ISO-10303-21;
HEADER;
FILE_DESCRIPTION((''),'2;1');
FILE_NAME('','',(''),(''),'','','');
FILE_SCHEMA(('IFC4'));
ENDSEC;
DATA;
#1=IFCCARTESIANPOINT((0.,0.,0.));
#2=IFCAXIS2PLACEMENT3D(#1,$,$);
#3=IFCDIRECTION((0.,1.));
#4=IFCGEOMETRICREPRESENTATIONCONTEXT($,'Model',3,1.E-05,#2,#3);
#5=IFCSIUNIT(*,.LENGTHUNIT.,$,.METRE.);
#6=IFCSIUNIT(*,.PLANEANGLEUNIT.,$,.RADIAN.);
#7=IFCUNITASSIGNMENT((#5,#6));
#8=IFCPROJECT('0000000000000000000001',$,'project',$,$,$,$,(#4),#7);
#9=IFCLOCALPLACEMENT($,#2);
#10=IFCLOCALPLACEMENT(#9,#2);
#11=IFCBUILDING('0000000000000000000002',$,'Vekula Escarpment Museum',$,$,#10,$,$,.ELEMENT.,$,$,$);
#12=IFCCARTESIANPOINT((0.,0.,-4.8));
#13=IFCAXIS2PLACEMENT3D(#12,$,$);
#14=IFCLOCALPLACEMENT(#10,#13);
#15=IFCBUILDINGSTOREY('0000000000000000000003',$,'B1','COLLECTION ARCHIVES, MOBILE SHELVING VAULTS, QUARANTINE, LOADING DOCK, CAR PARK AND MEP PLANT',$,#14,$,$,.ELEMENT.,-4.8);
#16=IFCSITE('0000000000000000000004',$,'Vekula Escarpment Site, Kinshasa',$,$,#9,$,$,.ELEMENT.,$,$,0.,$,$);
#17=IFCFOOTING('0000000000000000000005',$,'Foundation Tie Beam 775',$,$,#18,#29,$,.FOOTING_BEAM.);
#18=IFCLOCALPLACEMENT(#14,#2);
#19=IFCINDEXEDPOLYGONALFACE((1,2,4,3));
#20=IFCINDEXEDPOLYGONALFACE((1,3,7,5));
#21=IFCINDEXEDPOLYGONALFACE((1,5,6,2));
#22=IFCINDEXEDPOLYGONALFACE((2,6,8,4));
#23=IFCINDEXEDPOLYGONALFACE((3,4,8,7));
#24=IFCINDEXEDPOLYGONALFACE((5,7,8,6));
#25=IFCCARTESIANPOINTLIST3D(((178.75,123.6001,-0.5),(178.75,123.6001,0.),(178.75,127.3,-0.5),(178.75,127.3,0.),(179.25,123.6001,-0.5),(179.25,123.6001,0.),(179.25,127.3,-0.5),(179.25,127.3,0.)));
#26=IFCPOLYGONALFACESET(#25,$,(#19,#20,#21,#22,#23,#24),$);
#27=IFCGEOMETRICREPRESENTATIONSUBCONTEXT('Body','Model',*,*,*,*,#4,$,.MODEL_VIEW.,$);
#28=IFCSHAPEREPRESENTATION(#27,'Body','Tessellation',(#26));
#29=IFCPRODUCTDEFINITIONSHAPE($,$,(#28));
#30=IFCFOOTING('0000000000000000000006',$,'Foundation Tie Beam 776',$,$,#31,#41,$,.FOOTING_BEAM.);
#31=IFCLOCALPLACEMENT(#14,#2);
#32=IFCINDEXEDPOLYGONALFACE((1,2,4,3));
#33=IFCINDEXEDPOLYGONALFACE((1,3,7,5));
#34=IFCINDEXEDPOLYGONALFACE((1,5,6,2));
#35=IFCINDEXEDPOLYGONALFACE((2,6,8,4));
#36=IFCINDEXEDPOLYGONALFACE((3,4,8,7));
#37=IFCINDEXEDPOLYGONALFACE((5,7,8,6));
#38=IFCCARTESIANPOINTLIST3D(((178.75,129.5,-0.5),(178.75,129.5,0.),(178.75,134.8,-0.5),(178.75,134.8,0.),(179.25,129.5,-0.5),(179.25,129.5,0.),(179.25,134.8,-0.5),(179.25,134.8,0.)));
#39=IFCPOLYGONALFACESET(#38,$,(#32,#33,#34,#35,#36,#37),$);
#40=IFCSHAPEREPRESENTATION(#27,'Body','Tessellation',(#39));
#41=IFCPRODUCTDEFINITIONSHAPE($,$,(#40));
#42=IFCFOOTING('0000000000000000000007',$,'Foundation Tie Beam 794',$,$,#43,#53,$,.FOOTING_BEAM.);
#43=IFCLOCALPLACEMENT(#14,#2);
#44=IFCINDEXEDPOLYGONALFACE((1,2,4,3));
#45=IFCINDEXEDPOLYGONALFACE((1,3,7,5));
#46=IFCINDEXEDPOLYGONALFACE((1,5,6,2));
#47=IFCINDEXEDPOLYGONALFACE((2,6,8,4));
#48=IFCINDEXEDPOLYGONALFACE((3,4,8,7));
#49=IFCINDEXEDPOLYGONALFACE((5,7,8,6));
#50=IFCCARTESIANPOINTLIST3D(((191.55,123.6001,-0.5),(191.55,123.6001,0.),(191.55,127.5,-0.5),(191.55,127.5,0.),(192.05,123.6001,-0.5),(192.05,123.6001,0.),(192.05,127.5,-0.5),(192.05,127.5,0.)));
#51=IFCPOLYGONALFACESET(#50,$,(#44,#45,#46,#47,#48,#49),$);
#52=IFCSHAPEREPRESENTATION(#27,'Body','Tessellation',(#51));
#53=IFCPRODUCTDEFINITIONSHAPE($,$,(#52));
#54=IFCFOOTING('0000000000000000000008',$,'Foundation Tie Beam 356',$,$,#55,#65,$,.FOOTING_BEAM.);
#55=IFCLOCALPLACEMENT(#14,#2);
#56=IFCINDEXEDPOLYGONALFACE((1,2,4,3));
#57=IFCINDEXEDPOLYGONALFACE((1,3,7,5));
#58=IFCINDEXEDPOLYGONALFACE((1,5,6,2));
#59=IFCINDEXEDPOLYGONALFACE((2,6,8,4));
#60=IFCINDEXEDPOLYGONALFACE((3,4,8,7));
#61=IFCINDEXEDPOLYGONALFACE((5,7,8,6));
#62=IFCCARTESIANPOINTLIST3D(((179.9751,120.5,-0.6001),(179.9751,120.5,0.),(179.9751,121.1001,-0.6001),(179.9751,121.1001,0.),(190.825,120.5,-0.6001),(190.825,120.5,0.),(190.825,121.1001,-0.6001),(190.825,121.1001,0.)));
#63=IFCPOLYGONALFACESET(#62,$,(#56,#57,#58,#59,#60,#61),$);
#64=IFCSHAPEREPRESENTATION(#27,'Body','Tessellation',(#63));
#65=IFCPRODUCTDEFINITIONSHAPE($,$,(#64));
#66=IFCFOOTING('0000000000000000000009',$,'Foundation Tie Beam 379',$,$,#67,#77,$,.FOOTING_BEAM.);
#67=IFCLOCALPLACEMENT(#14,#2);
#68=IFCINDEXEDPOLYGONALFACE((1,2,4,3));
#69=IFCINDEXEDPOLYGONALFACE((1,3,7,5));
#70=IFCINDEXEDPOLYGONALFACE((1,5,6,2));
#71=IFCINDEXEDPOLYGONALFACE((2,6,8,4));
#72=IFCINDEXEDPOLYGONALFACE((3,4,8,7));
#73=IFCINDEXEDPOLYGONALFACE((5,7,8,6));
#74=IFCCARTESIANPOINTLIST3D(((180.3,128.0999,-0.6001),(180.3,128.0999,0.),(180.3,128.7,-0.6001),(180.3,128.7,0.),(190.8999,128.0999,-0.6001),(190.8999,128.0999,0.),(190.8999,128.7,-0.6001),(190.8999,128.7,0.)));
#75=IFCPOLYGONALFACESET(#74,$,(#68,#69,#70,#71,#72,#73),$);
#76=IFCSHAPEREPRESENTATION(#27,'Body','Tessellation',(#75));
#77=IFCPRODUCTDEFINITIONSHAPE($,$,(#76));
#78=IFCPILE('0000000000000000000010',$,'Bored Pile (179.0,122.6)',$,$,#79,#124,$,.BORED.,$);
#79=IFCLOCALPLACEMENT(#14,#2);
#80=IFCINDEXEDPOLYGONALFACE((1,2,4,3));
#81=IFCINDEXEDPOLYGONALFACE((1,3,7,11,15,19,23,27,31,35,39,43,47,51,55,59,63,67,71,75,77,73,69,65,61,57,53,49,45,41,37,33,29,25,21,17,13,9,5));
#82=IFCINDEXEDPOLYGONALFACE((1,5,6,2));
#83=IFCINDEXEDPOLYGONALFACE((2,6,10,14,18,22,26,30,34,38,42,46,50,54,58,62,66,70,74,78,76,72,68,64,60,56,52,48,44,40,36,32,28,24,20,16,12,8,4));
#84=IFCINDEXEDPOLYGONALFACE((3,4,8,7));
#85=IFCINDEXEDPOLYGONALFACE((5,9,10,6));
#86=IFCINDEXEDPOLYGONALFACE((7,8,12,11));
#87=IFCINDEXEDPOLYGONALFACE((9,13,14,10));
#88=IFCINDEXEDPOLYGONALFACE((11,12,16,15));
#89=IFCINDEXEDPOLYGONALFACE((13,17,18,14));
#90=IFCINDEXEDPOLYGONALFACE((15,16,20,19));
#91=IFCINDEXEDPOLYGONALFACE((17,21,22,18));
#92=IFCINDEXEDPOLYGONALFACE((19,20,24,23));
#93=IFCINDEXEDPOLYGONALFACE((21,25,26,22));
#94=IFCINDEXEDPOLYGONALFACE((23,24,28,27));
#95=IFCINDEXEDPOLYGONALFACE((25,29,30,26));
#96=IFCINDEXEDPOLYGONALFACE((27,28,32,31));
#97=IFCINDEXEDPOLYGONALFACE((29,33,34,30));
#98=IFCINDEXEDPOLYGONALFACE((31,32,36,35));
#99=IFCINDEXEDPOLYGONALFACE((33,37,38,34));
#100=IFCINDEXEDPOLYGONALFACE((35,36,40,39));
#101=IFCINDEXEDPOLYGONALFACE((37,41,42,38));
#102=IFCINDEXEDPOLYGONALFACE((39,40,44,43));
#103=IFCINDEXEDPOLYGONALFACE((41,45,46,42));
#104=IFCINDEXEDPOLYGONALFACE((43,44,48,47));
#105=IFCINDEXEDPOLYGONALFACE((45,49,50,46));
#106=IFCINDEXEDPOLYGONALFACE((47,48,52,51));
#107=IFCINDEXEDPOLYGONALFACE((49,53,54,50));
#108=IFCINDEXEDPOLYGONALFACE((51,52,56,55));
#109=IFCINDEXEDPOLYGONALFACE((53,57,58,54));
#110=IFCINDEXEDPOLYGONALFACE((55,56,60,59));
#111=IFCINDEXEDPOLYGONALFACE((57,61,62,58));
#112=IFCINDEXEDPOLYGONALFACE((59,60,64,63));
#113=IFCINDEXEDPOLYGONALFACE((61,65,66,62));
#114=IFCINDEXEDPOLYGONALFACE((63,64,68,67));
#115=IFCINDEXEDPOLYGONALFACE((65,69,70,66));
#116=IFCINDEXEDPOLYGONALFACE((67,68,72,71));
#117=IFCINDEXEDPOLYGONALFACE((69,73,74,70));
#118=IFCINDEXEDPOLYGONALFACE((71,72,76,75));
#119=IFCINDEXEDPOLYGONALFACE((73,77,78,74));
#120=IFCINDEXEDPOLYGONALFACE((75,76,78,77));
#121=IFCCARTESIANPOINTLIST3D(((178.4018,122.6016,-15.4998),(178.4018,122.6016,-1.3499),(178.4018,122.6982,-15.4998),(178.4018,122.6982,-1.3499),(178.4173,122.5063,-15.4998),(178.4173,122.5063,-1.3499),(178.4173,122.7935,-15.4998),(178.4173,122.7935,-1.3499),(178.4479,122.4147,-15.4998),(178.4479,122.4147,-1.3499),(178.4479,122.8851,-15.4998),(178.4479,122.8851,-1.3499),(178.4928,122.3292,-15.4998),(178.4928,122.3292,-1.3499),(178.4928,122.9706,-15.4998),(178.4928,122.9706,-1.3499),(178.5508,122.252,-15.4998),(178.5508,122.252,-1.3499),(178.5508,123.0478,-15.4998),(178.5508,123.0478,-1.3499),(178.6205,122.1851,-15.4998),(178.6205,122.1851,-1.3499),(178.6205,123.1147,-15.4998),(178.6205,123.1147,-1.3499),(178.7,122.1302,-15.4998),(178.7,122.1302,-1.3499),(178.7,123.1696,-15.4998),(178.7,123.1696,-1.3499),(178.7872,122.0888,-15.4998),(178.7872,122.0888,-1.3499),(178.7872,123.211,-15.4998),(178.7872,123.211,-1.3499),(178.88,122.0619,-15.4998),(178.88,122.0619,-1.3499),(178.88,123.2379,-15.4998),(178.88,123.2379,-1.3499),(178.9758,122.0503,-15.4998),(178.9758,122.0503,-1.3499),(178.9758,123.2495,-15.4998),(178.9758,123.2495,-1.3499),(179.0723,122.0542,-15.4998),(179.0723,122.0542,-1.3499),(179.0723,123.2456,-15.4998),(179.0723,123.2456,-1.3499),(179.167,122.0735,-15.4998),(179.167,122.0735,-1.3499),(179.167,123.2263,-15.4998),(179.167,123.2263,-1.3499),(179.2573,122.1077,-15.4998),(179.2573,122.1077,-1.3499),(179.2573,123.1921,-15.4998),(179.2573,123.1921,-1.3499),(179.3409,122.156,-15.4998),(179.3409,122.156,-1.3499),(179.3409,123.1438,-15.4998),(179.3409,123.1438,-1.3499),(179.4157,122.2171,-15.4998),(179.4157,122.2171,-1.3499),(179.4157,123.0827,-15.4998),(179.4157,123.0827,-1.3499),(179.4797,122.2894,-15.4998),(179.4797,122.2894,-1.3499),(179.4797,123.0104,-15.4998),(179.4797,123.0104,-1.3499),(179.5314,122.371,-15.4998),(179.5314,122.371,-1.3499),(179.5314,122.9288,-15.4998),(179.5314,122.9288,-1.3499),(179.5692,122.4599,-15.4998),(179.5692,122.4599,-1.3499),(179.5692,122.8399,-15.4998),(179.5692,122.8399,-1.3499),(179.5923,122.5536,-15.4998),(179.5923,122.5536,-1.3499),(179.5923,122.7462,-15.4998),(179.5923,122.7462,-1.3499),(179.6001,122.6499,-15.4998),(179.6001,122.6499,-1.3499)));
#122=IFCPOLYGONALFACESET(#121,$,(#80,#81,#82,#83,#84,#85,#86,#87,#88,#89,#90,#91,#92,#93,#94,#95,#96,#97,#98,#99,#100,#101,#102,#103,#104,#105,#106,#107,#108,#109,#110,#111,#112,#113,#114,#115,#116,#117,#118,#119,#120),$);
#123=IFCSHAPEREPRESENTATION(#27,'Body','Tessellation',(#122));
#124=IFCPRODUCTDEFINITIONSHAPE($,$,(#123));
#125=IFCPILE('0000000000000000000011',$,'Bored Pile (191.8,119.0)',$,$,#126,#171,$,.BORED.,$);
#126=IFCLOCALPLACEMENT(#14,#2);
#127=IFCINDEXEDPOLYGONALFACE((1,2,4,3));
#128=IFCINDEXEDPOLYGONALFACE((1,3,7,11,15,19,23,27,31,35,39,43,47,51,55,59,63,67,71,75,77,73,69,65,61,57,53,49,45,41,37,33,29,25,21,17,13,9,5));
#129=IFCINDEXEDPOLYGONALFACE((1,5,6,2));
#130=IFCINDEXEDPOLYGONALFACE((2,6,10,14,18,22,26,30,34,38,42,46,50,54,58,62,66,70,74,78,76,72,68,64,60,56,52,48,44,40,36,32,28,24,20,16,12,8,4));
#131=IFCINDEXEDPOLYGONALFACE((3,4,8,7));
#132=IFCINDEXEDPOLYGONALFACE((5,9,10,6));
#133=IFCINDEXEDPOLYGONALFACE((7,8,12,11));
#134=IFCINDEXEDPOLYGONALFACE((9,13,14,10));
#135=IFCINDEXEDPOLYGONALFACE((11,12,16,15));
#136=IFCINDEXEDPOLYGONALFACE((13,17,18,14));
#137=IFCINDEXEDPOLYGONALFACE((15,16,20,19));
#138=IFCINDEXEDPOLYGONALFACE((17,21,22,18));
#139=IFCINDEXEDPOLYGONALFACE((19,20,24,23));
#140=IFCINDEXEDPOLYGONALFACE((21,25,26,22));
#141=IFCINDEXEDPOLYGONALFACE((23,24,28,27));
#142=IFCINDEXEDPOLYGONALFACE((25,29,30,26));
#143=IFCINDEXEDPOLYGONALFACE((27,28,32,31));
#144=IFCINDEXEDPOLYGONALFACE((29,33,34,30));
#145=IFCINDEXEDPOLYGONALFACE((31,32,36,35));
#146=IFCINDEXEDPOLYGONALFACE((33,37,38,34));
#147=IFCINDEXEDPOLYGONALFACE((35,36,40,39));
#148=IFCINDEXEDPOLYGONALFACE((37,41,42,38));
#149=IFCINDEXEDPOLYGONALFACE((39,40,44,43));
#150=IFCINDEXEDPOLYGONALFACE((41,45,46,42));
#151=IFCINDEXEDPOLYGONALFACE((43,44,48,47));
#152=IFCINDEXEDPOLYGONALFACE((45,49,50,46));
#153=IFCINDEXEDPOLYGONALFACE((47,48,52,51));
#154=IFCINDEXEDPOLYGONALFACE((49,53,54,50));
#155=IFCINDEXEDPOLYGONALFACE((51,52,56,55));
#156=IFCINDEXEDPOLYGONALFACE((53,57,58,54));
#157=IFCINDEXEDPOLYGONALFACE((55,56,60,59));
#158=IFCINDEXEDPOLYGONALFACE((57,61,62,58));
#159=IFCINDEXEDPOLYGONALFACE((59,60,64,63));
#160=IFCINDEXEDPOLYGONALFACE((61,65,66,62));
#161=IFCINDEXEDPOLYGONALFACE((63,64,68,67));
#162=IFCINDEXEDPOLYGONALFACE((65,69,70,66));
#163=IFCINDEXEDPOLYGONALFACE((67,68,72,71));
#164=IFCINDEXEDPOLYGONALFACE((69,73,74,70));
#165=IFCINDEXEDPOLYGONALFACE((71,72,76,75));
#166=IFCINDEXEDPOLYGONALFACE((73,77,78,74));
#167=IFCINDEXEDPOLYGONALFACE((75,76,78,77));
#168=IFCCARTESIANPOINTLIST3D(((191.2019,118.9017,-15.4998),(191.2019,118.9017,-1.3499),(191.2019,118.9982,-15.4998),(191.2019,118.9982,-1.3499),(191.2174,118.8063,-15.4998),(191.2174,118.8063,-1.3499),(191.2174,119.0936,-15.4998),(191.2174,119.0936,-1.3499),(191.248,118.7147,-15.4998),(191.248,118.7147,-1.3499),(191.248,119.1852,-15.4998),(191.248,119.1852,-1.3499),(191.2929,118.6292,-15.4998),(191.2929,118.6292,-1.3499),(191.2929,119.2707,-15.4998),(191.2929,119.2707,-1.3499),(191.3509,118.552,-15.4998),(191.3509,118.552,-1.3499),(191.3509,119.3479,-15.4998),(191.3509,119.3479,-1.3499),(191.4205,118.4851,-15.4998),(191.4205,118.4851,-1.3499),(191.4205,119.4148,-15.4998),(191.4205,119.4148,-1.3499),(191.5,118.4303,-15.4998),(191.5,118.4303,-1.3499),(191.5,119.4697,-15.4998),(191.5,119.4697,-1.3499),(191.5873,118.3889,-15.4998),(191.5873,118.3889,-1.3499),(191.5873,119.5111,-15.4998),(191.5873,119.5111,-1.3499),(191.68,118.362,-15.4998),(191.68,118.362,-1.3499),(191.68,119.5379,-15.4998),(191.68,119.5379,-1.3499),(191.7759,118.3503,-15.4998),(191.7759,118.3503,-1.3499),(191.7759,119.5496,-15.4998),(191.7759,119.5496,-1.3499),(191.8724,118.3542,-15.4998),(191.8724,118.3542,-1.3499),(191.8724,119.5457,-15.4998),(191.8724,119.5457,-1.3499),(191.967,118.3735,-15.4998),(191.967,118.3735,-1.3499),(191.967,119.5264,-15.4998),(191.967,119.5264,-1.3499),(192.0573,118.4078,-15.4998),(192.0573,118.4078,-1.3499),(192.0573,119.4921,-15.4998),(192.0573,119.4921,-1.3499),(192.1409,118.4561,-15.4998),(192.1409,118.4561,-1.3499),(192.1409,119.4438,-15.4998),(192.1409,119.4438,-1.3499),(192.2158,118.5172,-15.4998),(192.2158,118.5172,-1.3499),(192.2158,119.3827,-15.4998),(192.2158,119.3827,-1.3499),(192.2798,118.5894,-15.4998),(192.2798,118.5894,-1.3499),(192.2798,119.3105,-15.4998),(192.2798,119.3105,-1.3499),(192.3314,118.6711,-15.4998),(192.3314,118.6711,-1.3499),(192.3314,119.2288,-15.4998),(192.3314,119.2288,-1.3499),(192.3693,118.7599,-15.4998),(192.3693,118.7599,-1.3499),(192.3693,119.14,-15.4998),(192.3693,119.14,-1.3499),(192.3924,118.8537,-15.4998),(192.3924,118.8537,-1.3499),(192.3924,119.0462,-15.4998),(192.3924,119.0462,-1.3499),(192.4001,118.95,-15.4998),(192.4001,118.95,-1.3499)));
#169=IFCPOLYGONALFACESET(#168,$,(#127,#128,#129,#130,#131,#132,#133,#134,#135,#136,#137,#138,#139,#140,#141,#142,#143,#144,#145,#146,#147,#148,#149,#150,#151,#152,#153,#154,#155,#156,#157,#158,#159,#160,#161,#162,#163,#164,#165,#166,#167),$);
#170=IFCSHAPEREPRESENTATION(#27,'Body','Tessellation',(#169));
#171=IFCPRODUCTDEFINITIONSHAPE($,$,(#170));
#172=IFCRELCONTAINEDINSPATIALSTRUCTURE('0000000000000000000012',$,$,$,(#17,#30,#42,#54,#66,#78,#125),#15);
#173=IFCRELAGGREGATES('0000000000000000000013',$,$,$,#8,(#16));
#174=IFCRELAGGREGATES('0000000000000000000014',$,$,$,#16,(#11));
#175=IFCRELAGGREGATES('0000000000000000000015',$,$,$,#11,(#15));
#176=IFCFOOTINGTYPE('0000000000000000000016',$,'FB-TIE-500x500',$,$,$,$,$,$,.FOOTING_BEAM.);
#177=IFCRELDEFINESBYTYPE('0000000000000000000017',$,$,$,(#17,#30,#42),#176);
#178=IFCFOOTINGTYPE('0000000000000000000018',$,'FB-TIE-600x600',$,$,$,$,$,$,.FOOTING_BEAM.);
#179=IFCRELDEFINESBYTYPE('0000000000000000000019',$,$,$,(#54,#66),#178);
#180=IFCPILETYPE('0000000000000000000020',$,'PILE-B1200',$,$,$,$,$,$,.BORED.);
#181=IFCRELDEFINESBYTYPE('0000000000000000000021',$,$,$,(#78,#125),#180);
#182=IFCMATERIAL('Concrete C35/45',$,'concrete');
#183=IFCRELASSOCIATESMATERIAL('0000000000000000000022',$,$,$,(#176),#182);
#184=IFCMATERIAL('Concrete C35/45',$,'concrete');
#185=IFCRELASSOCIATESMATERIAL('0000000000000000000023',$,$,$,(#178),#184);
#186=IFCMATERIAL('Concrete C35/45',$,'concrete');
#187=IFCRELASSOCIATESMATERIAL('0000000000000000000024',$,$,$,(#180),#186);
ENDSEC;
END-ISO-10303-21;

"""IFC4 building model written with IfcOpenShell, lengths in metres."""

from ifc_helpers import new_model, si_unit, direction, frame, origin, origin_2d, place, context, subcontext, project, spatial, rectangle, circle, extrude, material, material_profile, profile_set, type_object, element, save


model = new_model("IFC4")

# Units and contexts
model_context = context("Model", 3, precision=1e-05, world=origin(), true_north=direction((0.0, 1.0)))
body_context = subcontext(model_context, "Body", "Model", "MODEL_VIEW")
ifc_project = project(units=[si_unit("LENGTHUNIT", "METRE"), si_unit("PLANEANGLEUNIT", "RADIAN")], contexts=[model_context])

# Site, building, storey
site_placement = place(None, origin())
site = spatial("IfcSite", under=ifc_project, at=site_placement, Name="Vekula Escarpment Site, Kinshasa", CompositionType="ELEMENT", RefElevation=0.0)
building_placement = place(site_placement, origin())
building = spatial("IfcBuilding", under=site, at=building_placement, Name="Vekula Escarpment Museum", CompositionType="ELEMENT")
storey_placement = place(building_placement, frame((0.0, 0.0, -4.8)))
storey = spatial("IfcBuildingStorey", under=building, at=storey_placement, Name="B1", Description="COLLECTION ARCHIVES, MOBILE SHELVING VAULTS, QUARANTINE, LOADING DOCK, CAR PARK AND MEP PLANT", CompositionType="ELEMENT", Elevation=-4.8)

# Footings
ifc_material_1 = material(Name="Concrete C35/45", Category="concrete")
ifc_material_profile_1 = material_profile(ifc_material_1, rectangle(XDim=0.5, YDim=0.5, at=origin_2d()), Name="RC 500x500")
ifc_profile_set_1 = profile_set([ifc_material_profile_1], Name="Concrete C35/45")
footing_type_1 = type_object("IfcFootingType", Name="FB-TIE-500x500", PredefinedType="FOOTING_BEAM", material=ifc_profile_set_1)
footing_1_placement = place(storey_placement, frame((179.0, 123.6001, -0.25), z_axis=(0.0, 1.0, 0.0), x_axis=(-1.0, 0.0, 0.0)))
element("IfcFooting", 1, at=footing_1_placement, inside=storey, type_object=footing_type_1, Name="Foundation Tie Beam 775", PredefinedType="FOOTING_BEAM", context=body_context, shape_type="SweptSolid", body=[
    extrude(rectangle(XDim=0.5, YDim=0.5, at=origin_2d()), origin(), (0.0, 0.0, 1.0), 3.7),
])
footing_2_placement = place(storey_placement, frame((179.0, 129.5, -0.25), z_axis=(0.0, 1.0, 0.0), x_axis=(-1.0, 0.0, 0.0)))
element("IfcFooting", 2, at=footing_2_placement, inside=storey, type_object=footing_type_1, Name="Foundation Tie Beam 776", PredefinedType="FOOTING_BEAM", context=body_context, shape_type="SweptSolid", body=[
    extrude(rectangle(XDim=0.5, YDim=0.5, at=origin_2d()), origin(), (0.0, 0.0, 1.0), 5.3),
])
footing_3_placement = place(storey_placement, frame((191.8, 123.6001, -0.25), z_axis=(0.0, 1.0, 0.0), x_axis=(-1.0, 0.0, 0.0)))
element("IfcFooting", 3, at=footing_3_placement, inside=storey, type_object=footing_type_1, Name="Foundation Tie Beam 794", PredefinedType="FOOTING_BEAM", context=body_context, shape_type="SweptSolid", body=[
    extrude(rectangle(XDim=0.5, YDim=0.5, at=origin_2d()), origin(), (0.0, 0.0, 1.0), 3.8999),
])
ifc_material_2 = material(Name="Concrete C35/45", Category="concrete")
ifc_material_profile_2 = material_profile(ifc_material_2, rectangle(XDim=0.6001, YDim=0.6001, at=origin_2d()), Name="RC 600x600")
ifc_profile_set_2 = profile_set([ifc_material_profile_2], Name="Concrete C35/45")
footing_type_2 = type_object("IfcFootingType", Name="FB-TIE-600x600", PredefinedType="FOOTING_BEAM", material=ifc_profile_set_2)
footing_4_placement = place(storey_placement, frame((179.9751, 120.8, -0.3), z_axis=(1.0, 0.0, 0.0), x_axis=(0.0, 1.0, 0.0)))
element("IfcFooting", 4, at=footing_4_placement, inside=storey, type_object=footing_type_2, Name="Foundation Tie Beam 356", PredefinedType="FOOTING_BEAM", context=body_context, shape_type="SweptSolid", body=[
    extrude(rectangle(XDim=0.6001, YDim=0.6001, at=origin_2d()), origin(), (0.0, 0.0, 1.0), 10.8499),
])
footing_5_placement = place(storey_placement, frame((180.3, 128.3999, -0.3), z_axis=(1.0, 0.0, 0.0), x_axis=(0.0, 1.0, 0.0)))
element("IfcFooting", 5, at=footing_5_placement, inside=storey, type_object=footing_type_2, Name="Foundation Tie Beam 379", PredefinedType="FOOTING_BEAM", context=body_context, shape_type="SweptSolid", body=[
    extrude(rectangle(XDim=0.6001, YDim=0.6001, at=origin_2d()), origin(), (0.0, 0.0, 1.0), 10.5999),
])

# Piles
ifc_material_3 = material(Name="Concrete C35/45", Category="concrete")
ifc_material_profile_3 = material_profile(ifc_material_3, circle(Radius=0.6001, at=origin_2d()), Name="BORED PILE 1200")
ifc_profile_set_3 = profile_set([ifc_material_profile_3], Name="Concrete C35/45")
pile_type = type_object("IfcPileType", Name="PILE-B1200", PredefinedType="BORED", material=ifc_profile_set_3)
for number, where, z_axis, x_axis, name in (
    (6, (179.0, 122.6499, -1.3499), (0.0, 0.0, -1.0), (1.0, 0.0, 0.0), "Bored Pile (179.0,122.6)"),
    (7, (191.8, 118.95, -1.3499), (0.0, 0.0, -1.0), (1.0, 0.0, 0.0), "Bored Pile (191.8,119.0)"),
):
    element("IfcPile", number, at=place(storey_placement, frame(where, z_axis=z_axis, x_axis=x_axis)), inside=storey, type_object=pile_type, Name=name, PredefinedType="BORED", context=body_context, shape_type="SweptSolid", body=[
        extrude(circle(Radius=0.6001, at=origin_2d()), origin(), (0.0, 0.0, 1.0), 14.1499),
    ])

save(model, "model.ifc")
